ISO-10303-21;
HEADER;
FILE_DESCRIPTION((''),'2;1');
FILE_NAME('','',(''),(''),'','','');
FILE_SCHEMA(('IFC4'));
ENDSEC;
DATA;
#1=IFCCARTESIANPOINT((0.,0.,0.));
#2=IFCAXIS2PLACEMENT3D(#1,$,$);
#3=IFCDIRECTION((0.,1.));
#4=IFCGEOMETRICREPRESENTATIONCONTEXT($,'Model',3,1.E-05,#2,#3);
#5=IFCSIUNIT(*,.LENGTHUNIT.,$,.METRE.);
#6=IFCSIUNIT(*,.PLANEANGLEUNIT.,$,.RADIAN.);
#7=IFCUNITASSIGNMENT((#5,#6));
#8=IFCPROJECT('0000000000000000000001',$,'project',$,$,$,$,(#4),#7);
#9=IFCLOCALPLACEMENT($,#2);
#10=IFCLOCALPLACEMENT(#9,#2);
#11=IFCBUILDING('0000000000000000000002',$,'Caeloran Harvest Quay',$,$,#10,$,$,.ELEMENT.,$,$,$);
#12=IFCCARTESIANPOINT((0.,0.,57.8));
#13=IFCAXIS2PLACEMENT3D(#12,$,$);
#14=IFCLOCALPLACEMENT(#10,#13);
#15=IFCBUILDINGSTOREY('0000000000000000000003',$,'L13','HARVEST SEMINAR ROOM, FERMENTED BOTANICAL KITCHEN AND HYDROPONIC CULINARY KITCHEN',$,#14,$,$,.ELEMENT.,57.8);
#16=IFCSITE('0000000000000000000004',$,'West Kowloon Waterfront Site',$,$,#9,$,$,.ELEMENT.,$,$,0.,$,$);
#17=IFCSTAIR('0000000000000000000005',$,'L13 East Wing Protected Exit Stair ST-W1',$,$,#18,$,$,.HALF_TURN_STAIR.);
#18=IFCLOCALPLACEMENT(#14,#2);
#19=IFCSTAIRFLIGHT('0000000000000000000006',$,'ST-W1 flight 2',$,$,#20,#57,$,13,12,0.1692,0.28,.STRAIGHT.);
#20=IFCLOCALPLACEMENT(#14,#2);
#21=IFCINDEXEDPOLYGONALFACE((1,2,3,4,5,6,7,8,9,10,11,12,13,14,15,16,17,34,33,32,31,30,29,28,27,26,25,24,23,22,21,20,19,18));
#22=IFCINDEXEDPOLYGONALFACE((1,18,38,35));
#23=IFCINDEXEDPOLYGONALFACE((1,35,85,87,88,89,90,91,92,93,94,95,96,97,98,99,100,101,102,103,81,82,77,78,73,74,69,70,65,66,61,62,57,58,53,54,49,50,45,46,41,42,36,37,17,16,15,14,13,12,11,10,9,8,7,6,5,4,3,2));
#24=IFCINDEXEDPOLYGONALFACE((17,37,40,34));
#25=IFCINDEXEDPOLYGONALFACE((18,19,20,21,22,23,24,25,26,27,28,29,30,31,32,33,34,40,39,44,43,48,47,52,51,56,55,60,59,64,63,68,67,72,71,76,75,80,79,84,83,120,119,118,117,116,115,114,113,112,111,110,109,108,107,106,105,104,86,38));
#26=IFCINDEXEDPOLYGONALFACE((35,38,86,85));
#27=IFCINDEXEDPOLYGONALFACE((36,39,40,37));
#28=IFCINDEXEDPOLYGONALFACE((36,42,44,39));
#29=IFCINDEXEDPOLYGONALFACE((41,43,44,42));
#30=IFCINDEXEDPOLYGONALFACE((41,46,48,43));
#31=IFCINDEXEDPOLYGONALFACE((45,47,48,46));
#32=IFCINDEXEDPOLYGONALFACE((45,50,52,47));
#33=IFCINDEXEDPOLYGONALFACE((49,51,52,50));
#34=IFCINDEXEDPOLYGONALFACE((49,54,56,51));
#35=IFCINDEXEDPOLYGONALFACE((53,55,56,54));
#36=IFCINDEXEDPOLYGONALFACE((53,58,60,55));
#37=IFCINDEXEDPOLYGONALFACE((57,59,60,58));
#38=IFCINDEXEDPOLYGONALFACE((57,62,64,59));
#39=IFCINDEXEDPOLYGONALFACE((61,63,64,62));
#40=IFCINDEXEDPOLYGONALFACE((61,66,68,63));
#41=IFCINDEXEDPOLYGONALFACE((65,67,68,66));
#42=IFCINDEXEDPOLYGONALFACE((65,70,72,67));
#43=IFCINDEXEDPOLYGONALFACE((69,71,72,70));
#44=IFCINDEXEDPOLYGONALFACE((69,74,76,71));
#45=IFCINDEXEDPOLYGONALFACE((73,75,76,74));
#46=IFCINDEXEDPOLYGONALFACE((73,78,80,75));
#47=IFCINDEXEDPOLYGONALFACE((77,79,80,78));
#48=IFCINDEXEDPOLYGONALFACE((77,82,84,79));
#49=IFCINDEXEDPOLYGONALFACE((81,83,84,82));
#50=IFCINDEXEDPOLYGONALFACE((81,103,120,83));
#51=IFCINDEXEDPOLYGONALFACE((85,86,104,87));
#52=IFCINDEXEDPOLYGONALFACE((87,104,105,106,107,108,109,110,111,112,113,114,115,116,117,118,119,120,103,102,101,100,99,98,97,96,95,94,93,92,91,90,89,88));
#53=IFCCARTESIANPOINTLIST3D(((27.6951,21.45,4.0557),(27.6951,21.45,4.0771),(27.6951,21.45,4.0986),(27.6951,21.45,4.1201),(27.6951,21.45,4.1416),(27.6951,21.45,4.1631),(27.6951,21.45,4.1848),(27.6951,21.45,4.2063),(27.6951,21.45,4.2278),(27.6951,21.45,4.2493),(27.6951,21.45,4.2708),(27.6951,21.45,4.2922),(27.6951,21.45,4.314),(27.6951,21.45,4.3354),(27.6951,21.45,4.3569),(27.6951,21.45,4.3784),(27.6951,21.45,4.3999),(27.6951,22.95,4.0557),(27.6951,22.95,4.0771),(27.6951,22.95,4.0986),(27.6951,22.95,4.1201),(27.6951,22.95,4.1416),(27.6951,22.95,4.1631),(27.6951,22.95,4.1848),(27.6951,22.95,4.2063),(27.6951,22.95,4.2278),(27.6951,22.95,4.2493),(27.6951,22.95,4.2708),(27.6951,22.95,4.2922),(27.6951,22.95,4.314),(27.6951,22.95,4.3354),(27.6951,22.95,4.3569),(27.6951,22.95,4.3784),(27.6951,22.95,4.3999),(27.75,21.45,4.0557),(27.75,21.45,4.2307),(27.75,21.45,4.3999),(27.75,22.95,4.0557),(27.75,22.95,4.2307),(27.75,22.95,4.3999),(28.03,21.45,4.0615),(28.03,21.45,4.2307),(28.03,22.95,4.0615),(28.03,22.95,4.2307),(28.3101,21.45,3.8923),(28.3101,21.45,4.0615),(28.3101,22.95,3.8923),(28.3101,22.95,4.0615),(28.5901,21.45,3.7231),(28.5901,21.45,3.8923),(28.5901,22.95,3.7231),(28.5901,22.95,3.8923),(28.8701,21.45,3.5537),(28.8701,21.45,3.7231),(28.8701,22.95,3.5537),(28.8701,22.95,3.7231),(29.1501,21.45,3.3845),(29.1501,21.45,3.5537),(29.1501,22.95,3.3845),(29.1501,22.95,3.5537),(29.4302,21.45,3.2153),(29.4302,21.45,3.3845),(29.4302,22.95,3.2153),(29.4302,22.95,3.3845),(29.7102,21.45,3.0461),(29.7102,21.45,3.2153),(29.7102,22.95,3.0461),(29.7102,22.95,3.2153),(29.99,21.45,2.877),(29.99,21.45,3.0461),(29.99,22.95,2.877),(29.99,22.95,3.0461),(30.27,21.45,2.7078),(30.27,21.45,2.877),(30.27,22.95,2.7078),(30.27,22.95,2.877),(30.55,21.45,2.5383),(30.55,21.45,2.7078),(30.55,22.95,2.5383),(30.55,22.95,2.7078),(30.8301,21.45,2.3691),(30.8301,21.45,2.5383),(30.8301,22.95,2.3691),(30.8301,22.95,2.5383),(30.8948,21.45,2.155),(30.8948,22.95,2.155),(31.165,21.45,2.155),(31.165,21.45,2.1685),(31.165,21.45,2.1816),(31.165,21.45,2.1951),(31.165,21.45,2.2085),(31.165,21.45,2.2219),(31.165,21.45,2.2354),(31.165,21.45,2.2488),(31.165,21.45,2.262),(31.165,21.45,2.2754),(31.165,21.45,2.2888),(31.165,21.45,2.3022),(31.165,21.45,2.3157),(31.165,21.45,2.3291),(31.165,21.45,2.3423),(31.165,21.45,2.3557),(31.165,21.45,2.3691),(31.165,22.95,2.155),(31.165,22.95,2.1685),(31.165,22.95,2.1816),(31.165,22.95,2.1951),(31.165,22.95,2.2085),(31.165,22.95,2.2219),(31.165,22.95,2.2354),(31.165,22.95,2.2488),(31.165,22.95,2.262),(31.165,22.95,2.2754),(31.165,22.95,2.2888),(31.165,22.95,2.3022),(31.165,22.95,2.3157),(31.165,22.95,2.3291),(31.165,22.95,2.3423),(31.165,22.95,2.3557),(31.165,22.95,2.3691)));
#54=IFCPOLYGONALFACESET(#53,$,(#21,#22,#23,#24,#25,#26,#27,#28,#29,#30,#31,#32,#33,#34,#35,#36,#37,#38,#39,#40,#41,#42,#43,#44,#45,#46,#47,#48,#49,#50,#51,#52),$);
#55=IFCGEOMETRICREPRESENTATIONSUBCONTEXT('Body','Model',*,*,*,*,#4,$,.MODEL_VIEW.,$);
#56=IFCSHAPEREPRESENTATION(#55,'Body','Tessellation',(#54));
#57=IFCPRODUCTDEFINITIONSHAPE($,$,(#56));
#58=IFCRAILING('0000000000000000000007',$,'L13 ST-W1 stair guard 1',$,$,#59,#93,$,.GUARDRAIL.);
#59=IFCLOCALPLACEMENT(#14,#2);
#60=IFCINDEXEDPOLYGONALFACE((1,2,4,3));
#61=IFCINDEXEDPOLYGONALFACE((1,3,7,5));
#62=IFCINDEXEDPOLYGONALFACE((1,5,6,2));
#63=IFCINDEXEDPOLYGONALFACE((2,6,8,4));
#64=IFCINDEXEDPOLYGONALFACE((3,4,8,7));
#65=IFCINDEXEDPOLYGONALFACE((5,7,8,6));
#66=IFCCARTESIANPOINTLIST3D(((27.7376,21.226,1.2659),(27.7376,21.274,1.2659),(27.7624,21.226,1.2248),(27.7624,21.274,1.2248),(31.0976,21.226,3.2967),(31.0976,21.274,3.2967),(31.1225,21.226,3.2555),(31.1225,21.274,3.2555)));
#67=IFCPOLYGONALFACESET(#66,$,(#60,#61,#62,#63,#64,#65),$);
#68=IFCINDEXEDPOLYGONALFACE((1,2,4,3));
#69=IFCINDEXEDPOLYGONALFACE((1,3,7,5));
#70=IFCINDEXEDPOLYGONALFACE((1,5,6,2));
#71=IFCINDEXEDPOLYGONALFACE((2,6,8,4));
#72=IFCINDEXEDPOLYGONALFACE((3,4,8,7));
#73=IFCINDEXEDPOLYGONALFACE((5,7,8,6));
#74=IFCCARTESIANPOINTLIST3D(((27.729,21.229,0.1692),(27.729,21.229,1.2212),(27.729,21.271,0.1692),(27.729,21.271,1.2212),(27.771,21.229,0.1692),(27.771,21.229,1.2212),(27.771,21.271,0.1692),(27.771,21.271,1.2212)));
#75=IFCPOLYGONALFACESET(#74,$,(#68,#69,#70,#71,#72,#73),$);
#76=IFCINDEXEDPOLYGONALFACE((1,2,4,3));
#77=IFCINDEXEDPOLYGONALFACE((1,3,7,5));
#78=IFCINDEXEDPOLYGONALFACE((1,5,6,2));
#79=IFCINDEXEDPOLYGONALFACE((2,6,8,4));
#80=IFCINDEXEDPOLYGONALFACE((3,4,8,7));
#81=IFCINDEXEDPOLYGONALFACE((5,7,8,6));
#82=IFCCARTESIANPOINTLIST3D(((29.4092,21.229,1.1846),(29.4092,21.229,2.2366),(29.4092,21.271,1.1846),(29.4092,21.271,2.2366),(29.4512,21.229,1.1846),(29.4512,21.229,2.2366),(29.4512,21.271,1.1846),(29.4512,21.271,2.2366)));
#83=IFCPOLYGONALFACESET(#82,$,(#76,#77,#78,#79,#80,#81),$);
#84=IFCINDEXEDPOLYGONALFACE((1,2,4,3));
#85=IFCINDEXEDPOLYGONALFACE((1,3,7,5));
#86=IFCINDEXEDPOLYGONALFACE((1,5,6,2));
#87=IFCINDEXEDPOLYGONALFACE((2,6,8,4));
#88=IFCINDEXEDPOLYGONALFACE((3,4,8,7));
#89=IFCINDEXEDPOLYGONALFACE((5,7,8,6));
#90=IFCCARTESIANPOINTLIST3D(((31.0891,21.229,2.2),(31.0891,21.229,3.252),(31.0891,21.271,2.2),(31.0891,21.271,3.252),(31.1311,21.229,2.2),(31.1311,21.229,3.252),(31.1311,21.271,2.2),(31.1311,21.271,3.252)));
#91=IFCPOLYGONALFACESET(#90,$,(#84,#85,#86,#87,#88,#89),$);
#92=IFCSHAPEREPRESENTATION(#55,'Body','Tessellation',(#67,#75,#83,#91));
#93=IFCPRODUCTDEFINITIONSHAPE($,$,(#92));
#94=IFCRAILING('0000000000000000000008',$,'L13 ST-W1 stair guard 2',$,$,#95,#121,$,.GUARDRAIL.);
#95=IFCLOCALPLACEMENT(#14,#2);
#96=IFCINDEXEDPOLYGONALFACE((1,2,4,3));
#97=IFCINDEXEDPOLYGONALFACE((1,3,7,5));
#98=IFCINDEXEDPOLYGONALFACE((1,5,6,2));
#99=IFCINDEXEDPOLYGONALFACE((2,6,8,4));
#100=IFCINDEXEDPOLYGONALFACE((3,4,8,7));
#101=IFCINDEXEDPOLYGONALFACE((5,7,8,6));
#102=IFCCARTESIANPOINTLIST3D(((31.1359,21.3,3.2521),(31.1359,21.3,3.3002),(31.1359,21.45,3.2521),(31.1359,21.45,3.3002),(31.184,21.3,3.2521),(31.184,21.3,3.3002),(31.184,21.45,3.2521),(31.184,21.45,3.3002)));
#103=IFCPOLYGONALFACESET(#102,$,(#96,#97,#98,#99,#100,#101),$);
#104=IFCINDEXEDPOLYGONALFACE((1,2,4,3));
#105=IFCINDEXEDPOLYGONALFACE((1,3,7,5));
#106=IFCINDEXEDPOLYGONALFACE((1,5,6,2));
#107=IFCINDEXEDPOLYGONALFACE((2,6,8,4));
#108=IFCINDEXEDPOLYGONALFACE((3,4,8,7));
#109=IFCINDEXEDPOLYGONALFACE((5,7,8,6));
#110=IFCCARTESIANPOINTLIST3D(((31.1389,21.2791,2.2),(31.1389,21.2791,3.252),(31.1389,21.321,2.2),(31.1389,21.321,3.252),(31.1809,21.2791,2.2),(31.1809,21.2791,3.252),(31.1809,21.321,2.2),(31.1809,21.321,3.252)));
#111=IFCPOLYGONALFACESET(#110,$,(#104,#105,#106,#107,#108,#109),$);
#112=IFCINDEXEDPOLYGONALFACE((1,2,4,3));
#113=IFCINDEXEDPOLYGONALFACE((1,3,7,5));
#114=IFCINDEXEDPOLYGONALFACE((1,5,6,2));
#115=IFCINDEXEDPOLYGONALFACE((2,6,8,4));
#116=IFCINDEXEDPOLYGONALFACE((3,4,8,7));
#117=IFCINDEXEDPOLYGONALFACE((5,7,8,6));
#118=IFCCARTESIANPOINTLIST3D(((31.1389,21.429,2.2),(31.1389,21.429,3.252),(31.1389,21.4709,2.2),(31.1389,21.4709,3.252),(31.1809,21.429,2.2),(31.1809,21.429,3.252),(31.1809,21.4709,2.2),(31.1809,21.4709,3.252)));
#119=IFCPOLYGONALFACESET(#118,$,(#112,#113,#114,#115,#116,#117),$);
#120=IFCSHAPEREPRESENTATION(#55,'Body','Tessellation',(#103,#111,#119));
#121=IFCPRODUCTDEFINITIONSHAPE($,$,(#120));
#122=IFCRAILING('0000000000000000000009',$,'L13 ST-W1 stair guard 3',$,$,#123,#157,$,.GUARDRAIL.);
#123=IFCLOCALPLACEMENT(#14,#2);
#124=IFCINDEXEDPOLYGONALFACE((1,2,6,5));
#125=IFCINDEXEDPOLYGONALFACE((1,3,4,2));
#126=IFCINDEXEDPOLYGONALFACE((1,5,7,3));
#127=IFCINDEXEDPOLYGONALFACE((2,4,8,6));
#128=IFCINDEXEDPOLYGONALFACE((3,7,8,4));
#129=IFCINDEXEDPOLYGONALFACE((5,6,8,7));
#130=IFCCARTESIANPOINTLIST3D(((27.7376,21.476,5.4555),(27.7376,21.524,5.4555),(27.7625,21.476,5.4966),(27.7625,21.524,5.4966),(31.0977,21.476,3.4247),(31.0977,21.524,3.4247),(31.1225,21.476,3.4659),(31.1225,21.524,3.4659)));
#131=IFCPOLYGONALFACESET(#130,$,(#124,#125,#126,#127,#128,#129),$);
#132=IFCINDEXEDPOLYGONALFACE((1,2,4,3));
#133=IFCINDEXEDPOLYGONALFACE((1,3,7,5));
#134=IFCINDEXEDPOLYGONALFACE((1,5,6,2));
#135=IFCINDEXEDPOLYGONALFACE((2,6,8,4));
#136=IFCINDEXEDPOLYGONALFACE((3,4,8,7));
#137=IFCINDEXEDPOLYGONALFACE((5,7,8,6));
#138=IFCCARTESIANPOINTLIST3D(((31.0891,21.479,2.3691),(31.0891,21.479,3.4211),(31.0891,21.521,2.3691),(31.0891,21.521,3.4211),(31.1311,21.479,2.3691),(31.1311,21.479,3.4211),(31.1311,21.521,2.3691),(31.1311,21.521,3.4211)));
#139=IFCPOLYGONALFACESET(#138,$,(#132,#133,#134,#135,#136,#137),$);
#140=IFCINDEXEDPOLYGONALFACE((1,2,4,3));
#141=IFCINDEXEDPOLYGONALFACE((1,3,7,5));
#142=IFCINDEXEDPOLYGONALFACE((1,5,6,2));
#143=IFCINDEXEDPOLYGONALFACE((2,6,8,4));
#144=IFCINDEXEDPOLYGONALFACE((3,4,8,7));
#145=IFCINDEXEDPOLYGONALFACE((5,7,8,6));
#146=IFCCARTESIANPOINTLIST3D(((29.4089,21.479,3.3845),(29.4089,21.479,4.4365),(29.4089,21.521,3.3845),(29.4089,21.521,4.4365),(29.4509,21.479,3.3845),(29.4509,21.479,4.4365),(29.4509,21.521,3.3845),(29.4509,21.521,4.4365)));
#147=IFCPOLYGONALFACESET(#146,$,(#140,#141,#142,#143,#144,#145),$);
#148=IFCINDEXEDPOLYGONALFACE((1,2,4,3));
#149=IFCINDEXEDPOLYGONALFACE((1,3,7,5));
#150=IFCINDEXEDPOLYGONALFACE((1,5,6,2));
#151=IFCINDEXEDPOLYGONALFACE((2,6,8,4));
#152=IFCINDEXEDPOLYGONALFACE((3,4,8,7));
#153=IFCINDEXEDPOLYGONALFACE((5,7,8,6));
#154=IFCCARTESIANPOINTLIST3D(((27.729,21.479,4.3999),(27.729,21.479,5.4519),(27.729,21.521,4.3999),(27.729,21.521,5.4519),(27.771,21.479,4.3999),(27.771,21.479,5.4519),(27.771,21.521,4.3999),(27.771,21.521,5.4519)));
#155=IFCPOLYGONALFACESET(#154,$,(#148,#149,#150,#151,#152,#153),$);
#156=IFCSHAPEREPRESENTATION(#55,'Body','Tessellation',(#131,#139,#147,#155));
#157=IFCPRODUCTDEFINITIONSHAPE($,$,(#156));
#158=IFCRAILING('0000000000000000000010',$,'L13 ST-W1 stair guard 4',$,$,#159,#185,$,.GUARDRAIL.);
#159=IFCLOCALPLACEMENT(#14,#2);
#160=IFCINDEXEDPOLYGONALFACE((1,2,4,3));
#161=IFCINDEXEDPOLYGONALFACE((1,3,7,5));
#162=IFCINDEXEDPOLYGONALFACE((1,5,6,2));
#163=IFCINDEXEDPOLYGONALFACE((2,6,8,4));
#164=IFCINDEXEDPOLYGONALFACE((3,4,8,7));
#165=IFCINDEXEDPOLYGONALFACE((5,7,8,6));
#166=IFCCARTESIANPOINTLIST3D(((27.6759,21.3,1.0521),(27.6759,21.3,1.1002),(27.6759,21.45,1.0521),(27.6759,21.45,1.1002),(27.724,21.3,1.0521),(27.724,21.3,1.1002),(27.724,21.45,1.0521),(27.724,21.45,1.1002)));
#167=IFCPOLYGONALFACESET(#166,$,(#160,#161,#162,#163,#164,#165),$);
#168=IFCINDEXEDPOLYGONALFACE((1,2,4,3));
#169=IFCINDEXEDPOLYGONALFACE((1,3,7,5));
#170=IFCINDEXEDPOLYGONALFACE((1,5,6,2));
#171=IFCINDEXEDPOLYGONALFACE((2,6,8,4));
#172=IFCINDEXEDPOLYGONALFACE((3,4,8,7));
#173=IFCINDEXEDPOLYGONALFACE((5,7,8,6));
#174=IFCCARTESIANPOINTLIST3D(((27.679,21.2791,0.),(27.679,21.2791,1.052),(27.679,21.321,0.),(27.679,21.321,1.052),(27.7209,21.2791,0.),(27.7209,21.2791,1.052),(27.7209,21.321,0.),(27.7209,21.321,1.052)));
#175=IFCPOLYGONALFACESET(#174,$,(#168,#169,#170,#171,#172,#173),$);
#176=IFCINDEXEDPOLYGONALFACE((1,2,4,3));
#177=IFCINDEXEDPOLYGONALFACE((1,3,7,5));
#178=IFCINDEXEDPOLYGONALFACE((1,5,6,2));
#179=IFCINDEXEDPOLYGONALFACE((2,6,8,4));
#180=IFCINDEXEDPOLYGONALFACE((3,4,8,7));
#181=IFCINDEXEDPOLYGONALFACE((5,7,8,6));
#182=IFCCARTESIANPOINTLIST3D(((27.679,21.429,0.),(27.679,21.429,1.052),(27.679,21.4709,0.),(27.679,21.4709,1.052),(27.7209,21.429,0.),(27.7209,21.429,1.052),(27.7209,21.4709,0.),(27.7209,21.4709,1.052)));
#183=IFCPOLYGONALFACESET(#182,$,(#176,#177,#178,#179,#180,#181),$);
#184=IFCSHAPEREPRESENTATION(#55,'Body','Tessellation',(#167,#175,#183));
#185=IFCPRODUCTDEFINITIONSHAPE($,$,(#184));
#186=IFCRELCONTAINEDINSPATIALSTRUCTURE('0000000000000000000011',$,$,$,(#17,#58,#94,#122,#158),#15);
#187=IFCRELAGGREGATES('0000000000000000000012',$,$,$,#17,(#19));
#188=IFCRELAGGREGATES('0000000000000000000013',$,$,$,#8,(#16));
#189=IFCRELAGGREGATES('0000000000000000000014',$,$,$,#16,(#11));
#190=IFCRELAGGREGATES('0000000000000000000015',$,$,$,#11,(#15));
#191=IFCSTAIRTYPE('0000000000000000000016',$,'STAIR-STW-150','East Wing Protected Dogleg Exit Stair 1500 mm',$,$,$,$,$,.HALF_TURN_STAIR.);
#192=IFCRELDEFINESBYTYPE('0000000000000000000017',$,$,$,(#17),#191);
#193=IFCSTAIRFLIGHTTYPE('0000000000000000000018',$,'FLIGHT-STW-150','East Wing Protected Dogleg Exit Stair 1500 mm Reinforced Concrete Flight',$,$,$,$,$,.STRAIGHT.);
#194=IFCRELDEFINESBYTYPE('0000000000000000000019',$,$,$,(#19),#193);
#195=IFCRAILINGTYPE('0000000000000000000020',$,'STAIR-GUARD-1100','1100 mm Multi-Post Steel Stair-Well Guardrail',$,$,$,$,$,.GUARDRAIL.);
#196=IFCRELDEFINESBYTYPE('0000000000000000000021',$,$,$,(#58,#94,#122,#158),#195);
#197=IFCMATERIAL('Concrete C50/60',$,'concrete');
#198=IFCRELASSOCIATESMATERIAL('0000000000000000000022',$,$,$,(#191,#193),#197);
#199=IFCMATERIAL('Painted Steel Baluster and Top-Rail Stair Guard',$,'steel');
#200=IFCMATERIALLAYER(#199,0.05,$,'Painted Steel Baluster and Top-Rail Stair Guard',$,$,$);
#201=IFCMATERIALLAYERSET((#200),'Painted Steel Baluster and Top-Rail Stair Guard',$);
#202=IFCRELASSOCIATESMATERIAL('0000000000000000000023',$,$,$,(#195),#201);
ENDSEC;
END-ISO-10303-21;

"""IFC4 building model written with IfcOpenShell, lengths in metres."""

from ifc_helpers import new_model, si_unit, direction, frame, origin, origin_2d, place, context, subcontext, project, spatial, polyline, rectangle, outline, extrude, material, layer, layer_set, type_object, element, aggregate, save


model = new_model("IFC4")

# Units and contexts
model_context = context("Model", 3, precision=1e-05, world=origin(), true_north=direction((0.0, 1.0)))
body_context = subcontext(model_context, "Body", "Model", "MODEL_VIEW")
ifc_project = project(units=[si_unit("LENGTHUNIT", "METRE"), si_unit("PLANEANGLEUNIT", "RADIAN")], contexts=[model_context])

# Site, building, storey
site_placement = place(None, origin())
site = spatial("IfcSite", under=ifc_project, at=site_placement, Name="West Kowloon Waterfront Site", CompositionType="ELEMENT", RefElevation=0.0)
building_placement = place(site_placement, origin())
building = spatial("IfcBuilding", under=site, at=building_placement, Name="Caeloran Harvest Quay", CompositionType="ELEMENT")
storey_placement = place(building_placement, frame((0.0, 0.0, 57.8)))
storey = spatial("IfcBuildingStorey", under=building, at=storey_placement, Name="L13", Description="HARVEST SEMINAR ROOM, FERMENTED BOTANICAL KITCHEN AND HYDROPONIC CULINARY KITCHEN", CompositionType="ELEMENT", Elevation=57.8)

# Stair, stair flight
ifc_material_1 = material(Name="Concrete C50/60", Category="concrete")
stair_type = type_object("IfcStairType", Name="STAIR-STW-150", Description="East Wing Protected Dogleg Exit Stair 1500 mm", PredefinedType="HALF_TURN_STAIR", material=ifc_material_1)
stair_placement = place(storey_placement, origin())
stair = element("IfcStair", 1, at=stair_placement, inside=storey, type_object=stair_type, Name="L13 East Wing Protected Exit Stair ST-W1", PredefinedType="HALF_TURN_STAIR")
stair_flight_type = type_object("IfcStairFlightType", Name="FLIGHT-STW-150", Description="East Wing Protected Dogleg Exit Stair 1500 mm Reinforced Concrete Flight", PredefinedType="STRAIGHT", material=ifc_material_1)
stair_flight_1_placement = place(storey_placement, frame((31.1101, 22.2, 2.2), z_axis=(0.0, 0.0, 1.0), x_axis=(-1.0, 0.0, 0.0)))
stair_flight_1 = element("IfcStairFlight", 2, at=stair_flight_1_placement, type_object=stair_flight_type, Name="ST-W1 flight 2", NumberOfRisers=13, NumberOfTreads=12, PredefinedType="STRAIGHT", RiserHeight=0.1692, TreadLength=0.28, context=body_context, shape_type="SweptSolid", body=[
    extrude(outline(polyline([(-0.0549, -0.0449), (-0.0549, -0.0315), (-0.0549, -0.0183), (-0.0549, -0.0049), (-0.0549, 0.0085), (-0.0549, 0.022), (-0.0549, 0.0354), (-0.0549, 0.0488), (-0.0549, 0.062), (-0.0549, 0.0754), (-0.0549, 0.0889), (-0.0549, 0.1023), (-0.0549, 0.1157), (-0.0549, 0.1292), (-0.0549, 0.1423), (-0.0549, 0.1558), (-0.0549, 0.1692), (0.28, 0.1692), (0.28, 0.3384), (0.5601, 0.3384), (0.5601, 0.5078), (0.8401, 0.5078), (0.8401, 0.677), (1.1201, 0.677), (1.1201, 0.8462), (1.3999, 0.8462), (1.3999, 1.0154), (1.6799, 1.0154), (1.6799, 1.1846), (1.96, 1.1846), (1.96, 1.3538), (2.24, 1.3538), (2.24, 1.5232), (2.52, 1.5232), (2.52, 1.6924), (2.8, 1.6924), (2.8, 1.8616), (3.0801, 1.8616), (3.0801, 2.0308), (3.3601, 2.0308), (3.3601, 2.2), (3.415, 2.2), (3.415, 2.1785), (3.415, 2.157), (3.415, 2.1355), (3.415, 2.114), (3.415, 2.0923), (3.415, 2.0708), (3.415, 2.0493), (3.415, 2.0278), (3.415, 2.0063), (3.415, 1.9849), (3.415, 1.9631), (3.415, 1.9417), (3.415, 1.9202), (3.415, 1.8987), (3.415, 1.8772), (3.415, 1.8557), (3.3601, 1.8557), (0.2153, -0.0449), (-0.0549, -0.0449)])), frame((0.0, 0.75, 0.0), z_axis=(0.0, -1.0, 0.0), x_axis=(1.0, 0.0, 0.0)), (0.0, 0.0, 1.0), 1.5),
])
aggregate(stair, [stair_flight_1])

# Railings
ifc_material_2 = material(Name="Painted Steel Baluster and Top-Rail Stair Guard", Category="steel")
ifc_layer_1 = layer(ifc_material_2, 0.05, Name="Painted Steel Baluster and Top-Rail Stair Guard")
ifc_layer_set_1 = layer_set([ifc_layer_1], Name="Painted Steel Baluster and Top-Rail Stair Guard")
railing_type_1 = type_object("IfcRailingType", Name="STAIR-GUARD-1100", Description="1100 mm Multi-Post Steel Stair-Well Guardrail", PredefinedType="GUARDRAIL", material=ifc_layer_set_1)
railing_1_placement = place(storey_placement, frame((27.75, 21.25, 0.1692)))
element("IfcRailing", 3, at=railing_1_placement, inside=storey, type_object=railing_type_1, Name="L13 ST-W1 stair guard 1", PredefinedType="GUARDRAIL", context=body_context, shape_type="SweptSolid", body=[
    extrude(rectangle(XDim=0.0481, YDim=0.0481, at=origin_2d()), frame((0.0, 0.0, 1.0762), z_axis=(0.855837, 0.0, 0.517246), x_axis=(0.0, 1.0, 0.0)), (0.0, 0.0, 1.0), 3.926),
    extrude(rectangle(XDim=0.042, YDim=0.042, at=origin_2d()), origin(), (0.0, 0.0, 1.0), 1.052),
    extrude(rectangle(XDim=0.042, YDim=0.042, at=origin_2d()), frame((1.6802, 0.0, 1.0154)), (0.0, 0.0, 1.0), 1.052),
    extrude(rectangle(XDim=0.042, YDim=0.042, at=origin_2d()), frame((3.3601, 0.0, 2.0308)), (0.0, 0.0, 1.0), 1.052),
])
railing_2_placement = place(storey_placement, frame((31.1599, 21.3, 2.2)))
element("IfcRailing", 4, at=railing_2_placement, inside=storey, type_object=railing_type_1, Name="L13 ST-W1 stair guard 2", PredefinedType="GUARDRAIL", context=body_context, shape_type="SweptSolid", body=[
    extrude(rectangle(XDim=0.0481, YDim=0.0481, at=origin_2d()), frame((0.0, 0.0, 1.0762), z_axis=(0.0, 1.0, 0.0), x_axis=(-1.0, 0.0, 0.0)), (0.0, 0.0, 1.0), 0.1499),
    extrude(rectangle(XDim=0.042, YDim=0.042, at=origin_2d()), origin(), (0.0, 0.0, 1.0), 1.052),
    extrude(rectangle(XDim=0.042, YDim=0.042, at=origin_2d()), frame((0.0, 0.1499, 0.0)), (0.0, 0.0, 1.0), 1.052),
])
railing_3_placement = place(storey_placement, frame((31.1101, 21.5, 2.3691)))
element("IfcRailing", 5, at=railing_3_placement, inside=storey, type_object=railing_type_1, Name="L13 ST-W1 stair guard 3", PredefinedType="GUARDRAIL", context=body_context, shape_type="SweptSolid", body=[
    extrude(rectangle(XDim=0.0481, YDim=0.0481, at=origin_2d()), frame((0.0, 0.0, 1.0762), z_axis=(-0.855837, 0.0, 0.517246), x_axis=(0.0, -1.0, 0.0)), (0.0, 0.0, 1.0), 3.926),
    extrude(rectangle(XDim=0.042, YDim=0.042, at=origin_2d()), origin(), (0.0, 0.0, 1.0), 1.052),
    extrude(rectangle(XDim=0.042, YDim=0.042, at=origin_2d()), frame((-1.6802, 0.0, 1.0154)), (0.0, 0.0, 1.0), 1.052),
    extrude(rectangle(XDim=0.042, YDim=0.042, at=origin_2d()), frame((-3.3601, 0.0, 2.0308)), (0.0, 0.0, 1.0), 1.052),
])
railing_4_placement = place(storey_placement, frame((27.7, 21.3, 0.0)))
element("IfcRailing", 6, at=railing_4_placement, inside=storey, type_object=railing_type_1, Name="L13 ST-W1 stair guard 4", PredefinedType="GUARDRAIL", context=body_context, shape_type="SweptSolid", body=[
    extrude(rectangle(XDim=0.0481, YDim=0.0481, at=origin_2d()), frame((0.0, 0.0, 1.0762), z_axis=(0.0, 1.0, 0.0), x_axis=(-1.0, 0.0, 0.0)), (0.0, 0.0, 1.0), 0.1499),
    extrude(rectangle(XDim=0.042, YDim=0.042, at=origin_2d()), origin(), (0.0, 0.0, 1.0), 1.052),
    extrude(rectangle(XDim=0.042, YDim=0.042, at=origin_2d()), frame((0.0, 0.1499, 0.0)), (0.0, 0.0, 1.0), 1.052),
])

save(model, "model.ifc")
